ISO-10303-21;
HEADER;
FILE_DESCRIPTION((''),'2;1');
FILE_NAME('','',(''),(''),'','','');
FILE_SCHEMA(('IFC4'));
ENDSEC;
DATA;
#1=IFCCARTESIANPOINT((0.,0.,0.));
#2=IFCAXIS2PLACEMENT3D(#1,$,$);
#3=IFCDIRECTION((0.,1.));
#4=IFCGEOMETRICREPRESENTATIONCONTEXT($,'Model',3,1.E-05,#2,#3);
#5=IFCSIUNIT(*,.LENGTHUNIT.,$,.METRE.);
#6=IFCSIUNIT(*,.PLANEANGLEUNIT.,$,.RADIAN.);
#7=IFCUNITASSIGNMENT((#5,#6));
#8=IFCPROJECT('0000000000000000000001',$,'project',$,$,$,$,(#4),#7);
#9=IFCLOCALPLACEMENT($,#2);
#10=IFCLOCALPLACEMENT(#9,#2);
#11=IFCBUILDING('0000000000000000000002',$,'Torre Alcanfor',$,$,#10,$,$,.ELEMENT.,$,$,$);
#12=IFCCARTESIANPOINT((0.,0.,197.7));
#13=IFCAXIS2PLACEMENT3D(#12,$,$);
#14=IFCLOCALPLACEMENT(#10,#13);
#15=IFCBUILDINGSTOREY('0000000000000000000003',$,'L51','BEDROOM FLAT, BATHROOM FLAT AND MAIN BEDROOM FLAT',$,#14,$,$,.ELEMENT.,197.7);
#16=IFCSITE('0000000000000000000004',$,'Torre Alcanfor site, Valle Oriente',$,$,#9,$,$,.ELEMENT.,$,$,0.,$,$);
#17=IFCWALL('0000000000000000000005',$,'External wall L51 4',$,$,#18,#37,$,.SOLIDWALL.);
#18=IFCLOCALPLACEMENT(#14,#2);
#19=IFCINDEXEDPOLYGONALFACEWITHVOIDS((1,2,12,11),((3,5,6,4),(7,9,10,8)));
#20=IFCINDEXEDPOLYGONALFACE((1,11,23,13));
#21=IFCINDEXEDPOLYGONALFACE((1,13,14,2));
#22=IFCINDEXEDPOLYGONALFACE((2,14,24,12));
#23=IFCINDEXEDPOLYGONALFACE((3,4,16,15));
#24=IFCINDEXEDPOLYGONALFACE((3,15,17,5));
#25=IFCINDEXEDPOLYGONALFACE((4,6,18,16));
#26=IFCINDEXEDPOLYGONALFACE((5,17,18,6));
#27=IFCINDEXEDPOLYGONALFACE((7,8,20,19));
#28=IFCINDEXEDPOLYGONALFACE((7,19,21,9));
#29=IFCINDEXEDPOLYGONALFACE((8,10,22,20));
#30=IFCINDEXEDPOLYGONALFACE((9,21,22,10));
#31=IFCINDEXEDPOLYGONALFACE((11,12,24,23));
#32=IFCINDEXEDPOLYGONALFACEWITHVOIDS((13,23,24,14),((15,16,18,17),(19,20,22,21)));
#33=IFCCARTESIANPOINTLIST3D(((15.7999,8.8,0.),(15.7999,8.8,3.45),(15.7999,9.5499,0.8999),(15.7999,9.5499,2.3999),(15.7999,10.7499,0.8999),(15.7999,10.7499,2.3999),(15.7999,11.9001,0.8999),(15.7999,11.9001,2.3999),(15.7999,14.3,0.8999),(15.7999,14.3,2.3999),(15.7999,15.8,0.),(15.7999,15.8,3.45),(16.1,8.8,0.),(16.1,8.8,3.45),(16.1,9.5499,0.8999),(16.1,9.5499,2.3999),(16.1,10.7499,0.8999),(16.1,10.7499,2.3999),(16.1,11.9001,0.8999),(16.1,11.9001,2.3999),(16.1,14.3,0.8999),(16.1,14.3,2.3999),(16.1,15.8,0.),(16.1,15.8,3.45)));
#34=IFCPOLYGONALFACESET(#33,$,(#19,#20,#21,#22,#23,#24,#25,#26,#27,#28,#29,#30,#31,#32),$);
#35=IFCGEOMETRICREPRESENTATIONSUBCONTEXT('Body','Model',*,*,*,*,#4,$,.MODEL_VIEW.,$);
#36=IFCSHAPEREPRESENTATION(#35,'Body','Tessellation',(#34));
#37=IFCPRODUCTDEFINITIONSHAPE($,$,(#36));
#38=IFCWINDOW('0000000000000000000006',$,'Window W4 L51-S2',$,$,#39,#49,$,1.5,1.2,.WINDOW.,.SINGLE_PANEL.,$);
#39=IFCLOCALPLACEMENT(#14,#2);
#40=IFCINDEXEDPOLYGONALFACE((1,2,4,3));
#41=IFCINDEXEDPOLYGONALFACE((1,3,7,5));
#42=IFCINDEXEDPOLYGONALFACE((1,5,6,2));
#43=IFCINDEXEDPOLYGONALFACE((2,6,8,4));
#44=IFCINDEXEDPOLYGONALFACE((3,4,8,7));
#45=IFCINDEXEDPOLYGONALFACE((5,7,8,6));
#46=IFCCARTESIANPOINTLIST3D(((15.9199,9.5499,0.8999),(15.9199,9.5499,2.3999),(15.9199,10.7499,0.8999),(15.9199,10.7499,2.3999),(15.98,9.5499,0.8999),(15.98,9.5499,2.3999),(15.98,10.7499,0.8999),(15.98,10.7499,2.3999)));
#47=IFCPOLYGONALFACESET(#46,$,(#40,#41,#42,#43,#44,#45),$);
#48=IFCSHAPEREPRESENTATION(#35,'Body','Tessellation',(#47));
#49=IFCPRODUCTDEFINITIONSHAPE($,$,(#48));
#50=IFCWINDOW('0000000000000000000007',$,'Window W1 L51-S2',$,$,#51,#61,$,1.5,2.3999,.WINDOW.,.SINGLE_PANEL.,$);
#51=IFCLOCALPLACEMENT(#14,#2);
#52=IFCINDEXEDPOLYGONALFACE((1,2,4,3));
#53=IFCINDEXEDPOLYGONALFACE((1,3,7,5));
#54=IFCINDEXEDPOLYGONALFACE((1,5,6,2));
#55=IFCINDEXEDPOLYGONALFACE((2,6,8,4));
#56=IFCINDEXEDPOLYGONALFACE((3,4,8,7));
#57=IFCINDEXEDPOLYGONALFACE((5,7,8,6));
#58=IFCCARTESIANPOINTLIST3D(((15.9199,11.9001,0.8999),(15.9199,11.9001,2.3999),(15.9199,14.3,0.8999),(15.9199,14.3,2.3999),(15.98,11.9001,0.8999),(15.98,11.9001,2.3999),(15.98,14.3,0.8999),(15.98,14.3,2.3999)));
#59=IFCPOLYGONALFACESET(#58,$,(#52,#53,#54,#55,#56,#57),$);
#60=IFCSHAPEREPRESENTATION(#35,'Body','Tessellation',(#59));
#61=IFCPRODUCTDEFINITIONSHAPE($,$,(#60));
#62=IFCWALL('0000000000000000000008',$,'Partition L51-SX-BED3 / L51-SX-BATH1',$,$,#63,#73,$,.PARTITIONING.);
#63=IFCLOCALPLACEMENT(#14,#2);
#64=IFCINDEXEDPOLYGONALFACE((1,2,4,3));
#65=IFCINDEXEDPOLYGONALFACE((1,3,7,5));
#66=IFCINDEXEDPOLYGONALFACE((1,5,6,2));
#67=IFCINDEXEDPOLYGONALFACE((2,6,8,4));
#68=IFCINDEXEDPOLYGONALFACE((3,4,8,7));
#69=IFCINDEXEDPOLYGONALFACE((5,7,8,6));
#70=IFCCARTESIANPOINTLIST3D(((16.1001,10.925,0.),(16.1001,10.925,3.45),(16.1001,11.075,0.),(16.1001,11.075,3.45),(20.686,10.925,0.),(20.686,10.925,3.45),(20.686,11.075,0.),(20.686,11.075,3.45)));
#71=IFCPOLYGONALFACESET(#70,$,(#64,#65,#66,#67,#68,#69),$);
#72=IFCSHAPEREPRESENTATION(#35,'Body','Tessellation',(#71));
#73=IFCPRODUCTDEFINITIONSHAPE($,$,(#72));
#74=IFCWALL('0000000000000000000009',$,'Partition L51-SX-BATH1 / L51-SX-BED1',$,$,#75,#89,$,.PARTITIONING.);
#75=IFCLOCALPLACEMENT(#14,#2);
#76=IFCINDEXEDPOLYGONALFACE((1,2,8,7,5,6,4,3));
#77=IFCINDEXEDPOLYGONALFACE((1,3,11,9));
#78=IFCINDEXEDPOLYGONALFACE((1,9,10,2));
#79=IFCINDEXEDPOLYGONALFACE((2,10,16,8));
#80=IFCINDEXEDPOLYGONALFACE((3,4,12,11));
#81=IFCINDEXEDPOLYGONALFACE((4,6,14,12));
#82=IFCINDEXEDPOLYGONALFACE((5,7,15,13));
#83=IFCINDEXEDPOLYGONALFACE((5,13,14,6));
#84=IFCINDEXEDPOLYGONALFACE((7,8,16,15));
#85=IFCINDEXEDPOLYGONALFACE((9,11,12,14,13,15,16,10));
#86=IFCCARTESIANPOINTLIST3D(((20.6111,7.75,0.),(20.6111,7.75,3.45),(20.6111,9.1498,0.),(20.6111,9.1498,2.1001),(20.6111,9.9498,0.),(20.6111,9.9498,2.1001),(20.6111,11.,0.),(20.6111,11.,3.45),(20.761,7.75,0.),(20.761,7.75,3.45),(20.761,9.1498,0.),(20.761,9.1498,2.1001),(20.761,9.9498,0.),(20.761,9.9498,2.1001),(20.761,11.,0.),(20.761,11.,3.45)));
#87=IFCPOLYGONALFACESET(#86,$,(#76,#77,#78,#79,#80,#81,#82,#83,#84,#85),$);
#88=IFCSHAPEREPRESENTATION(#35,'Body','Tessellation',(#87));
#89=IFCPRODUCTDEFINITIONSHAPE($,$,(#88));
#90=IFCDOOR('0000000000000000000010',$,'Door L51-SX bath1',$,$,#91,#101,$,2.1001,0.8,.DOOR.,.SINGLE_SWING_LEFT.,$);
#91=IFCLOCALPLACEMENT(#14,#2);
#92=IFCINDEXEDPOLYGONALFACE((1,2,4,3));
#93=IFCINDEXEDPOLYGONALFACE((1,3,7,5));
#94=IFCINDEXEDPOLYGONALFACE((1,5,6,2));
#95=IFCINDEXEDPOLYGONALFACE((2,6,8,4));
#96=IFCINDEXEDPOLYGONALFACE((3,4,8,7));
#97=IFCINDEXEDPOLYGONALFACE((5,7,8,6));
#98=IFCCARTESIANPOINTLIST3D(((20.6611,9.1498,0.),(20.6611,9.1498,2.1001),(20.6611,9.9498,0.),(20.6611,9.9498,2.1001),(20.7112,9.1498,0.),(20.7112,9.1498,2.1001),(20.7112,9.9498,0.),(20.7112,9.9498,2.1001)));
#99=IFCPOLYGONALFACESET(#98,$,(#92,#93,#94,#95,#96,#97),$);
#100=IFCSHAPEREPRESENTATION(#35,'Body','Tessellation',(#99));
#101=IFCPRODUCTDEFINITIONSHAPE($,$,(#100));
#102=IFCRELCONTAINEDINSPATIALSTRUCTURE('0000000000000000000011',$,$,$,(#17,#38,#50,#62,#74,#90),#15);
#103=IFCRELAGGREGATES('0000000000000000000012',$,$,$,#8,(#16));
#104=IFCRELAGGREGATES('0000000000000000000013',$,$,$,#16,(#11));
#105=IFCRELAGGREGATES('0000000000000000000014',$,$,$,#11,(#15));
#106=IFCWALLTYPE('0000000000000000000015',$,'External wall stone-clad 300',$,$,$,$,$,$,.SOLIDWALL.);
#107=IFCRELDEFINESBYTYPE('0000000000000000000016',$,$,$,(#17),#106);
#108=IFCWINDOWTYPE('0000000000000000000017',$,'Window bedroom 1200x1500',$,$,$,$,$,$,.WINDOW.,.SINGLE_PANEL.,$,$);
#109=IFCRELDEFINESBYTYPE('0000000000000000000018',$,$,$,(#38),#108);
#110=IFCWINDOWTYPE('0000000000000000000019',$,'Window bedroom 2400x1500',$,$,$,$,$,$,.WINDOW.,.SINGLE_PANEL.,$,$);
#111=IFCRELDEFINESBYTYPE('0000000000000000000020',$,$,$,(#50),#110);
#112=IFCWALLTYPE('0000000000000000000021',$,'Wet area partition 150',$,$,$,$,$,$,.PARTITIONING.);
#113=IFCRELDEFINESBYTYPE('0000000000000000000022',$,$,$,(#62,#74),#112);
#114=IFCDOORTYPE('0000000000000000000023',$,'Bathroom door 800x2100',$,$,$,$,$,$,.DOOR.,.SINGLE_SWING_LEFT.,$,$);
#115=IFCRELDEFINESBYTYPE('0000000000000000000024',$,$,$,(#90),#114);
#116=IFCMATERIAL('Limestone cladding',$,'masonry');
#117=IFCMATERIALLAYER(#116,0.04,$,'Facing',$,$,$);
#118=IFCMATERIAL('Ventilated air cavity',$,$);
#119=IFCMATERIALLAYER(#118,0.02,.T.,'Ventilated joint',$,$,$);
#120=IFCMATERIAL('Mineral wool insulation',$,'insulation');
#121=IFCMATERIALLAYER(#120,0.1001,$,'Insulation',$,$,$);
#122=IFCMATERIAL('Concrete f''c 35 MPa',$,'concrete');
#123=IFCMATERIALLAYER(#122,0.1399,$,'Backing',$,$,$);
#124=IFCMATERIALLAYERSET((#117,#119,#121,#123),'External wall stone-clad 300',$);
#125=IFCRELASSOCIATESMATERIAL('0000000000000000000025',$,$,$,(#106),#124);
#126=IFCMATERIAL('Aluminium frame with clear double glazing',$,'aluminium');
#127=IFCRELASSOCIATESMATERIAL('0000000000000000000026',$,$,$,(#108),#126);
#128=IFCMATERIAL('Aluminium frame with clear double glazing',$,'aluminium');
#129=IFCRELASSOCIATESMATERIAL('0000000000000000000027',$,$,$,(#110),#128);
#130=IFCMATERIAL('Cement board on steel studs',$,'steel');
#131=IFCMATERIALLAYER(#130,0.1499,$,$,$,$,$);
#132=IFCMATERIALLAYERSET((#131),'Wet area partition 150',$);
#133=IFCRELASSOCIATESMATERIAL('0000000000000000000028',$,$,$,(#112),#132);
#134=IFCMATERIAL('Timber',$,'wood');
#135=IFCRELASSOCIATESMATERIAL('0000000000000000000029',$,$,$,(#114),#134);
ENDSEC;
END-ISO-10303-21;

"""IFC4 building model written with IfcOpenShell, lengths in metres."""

from ifc_helpers import new_model, si_unit, direction, frame, frame_2d, origin, place, context, subcontext, project, spatial, rectangle, extrude, material, layer, layer_set, type_object, element, fill, save


model = new_model("IFC4")

# Units and contexts
model_context = context("Model", 3, precision=1e-05, world=origin(), true_north=direction((0.0, 1.0)))
body_context = subcontext(model_context, "Body", "Model", "MODEL_VIEW")
ifc_project = project(units=[si_unit("LENGTHUNIT", "METRE"), si_unit("PLANEANGLEUNIT", "RADIAN")], contexts=[model_context])

# Site, building, storey
site_placement = place(None, origin())
site = spatial("IfcSite", under=ifc_project, at=site_placement, Name="Torre Alcanfor site, Valle Oriente", CompositionType="ELEMENT", RefElevation=0.0)
building_placement = place(site_placement, origin())
building = spatial("IfcBuilding", under=site, at=building_placement, Name="Torre Alcanfor", CompositionType="ELEMENT")
storey_placement = place(building_placement, frame((0.0, 0.0, 197.7)))
storey = spatial("IfcBuildingStorey", under=building, at=storey_placement, Name="L51", Description="BEDROOM FLAT, BATHROOM FLAT AND MAIN BEDROOM FLAT", CompositionType="ELEMENT", Elevation=197.7)

# Wall, openings, windows
ifc_material_1 = material(Name="Limestone cladding", Category="masonry")
ifc_layer_1 = layer(ifc_material_1, 0.04, Name="Facing")
ifc_material_2 = material(Name="Ventilated air cavity")
ifc_layer_2 = layer(ifc_material_2, 0.02, ventilated=True, Name="Ventilated joint")
ifc_material_3 = material(Name="Mineral wool insulation", Category="insulation")
ifc_layer_3 = layer(ifc_material_3, 0.1001, Name="Insulation")
ifc_material_4 = material(Name="Concrete f'c 35 MPa", Category="concrete")
ifc_layer_4 = layer(ifc_material_4, 0.1399, Name="Backing")
ifc_layer_set_1 = layer_set([ifc_layer_1, ifc_layer_2, ifc_layer_3, ifc_layer_4], Name="External wall stone-clad 300")
wall_type_1 = type_object("IfcWallType", Name="External wall stone-clad 300", PredefinedType="SOLIDWALL", material=ifc_layer_set_1)
wall_1_placement = place(storey_placement, frame((15.95, 15.8, 0.0), z_axis=(0.0, 0.0, 1.0), x_axis=(0.0, -1.0, 0.0)))
wall_1 = element("IfcWall", 1, at=wall_1_placement, inside=storey, type_object=wall_type_1, Name="External wall L51 4", PredefinedType="SOLIDWALL", context=body_context, shape_type="SweptSolid", body=[
    extrude(rectangle(XDim=7.0, YDim=0.3, at=frame_2d((3.5, 0.0))), origin(), (0.0, 0.0, 1.0), 3.45),
])
opening_1_placement = place(wall_1_placement, frame((1.5, 0.0, 0.8999)))
opening_1 = element("IfcOpeningElement", 2, at=opening_1_placement, cuts=wall_1, PredefinedType="OPENING", context=body_context, shape_type="SweptSolid", body=[
    extrude(rectangle(XDim=2.3999, YDim=1.5, at=frame_2d((1.2, 0.75))), frame((0.0, 0.1599, 0.0), z_axis=(0.0, -1.0, 0.0), x_axis=(1.0, 0.0, 0.0)), (0.0, 0.0, 1.0), 0.3201),
])
opening_2_placement = place(wall_1_placement, frame((5.05, 0.0, 0.8999)))
opening_2 = element("IfcOpeningElement", 3, at=opening_2_placement, cuts=wall_1, PredefinedType="OPENING", context=body_context, shape_type="SweptSolid", body=[
    extrude(rectangle(XDim=1.2, YDim=1.5, at=frame_2d((0.6001, 0.75))), frame((0.0, 0.1599, 0.0), z_axis=(0.0, -1.0, 0.0), x_axis=(1.0, 0.0, 0.0)), (0.0, 0.0, 1.0), 0.3201),
])
ifc_material_5 = material(Name="Aluminium frame with clear double glazing", Category="aluminium")
window_type_1 = type_object("IfcWindowType", Name="Window bedroom 1200x1500", PartitioningType="SINGLE_PANEL", PredefinedType="WINDOW", material=ifc_material_5)
window_1_placement = place(opening_2_placement, origin())
window_1 = element("IfcWindow", 4, at=window_1_placement, inside=storey, type_object=window_type_1, Name="Window W4 L51-S2", OverallHeight=1.5, OverallWidth=1.2, PartitioningType="SINGLE_PANEL", PredefinedType="WINDOW", context=body_context, shape_type="SweptSolid", body=[
    extrude(rectangle(XDim=1.2, YDim=1.5, at=frame_2d((0.6001, 0.75))), frame((0.0, 0.03, 0.0), z_axis=(0.0, -1.0, 0.0), x_axis=(1.0, 0.0, 0.0)), (0.0, 0.0, 1.0), 0.0601),
])
fill(opening_2, window_1)
ifc_material_6 = material(Name="Aluminium frame with clear double glazing", Category="aluminium")
window_type_2 = type_object("IfcWindowType", Name="Window bedroom 2400x1500", PartitioningType="SINGLE_PANEL", PredefinedType="WINDOW", material=ifc_material_6)
window_2_placement = place(opening_1_placement, origin())
window_2 = element("IfcWindow", 5, at=window_2_placement, inside=storey, type_object=window_type_2, Name="Window W1 L51-S2", OverallHeight=1.5, OverallWidth=2.3999, PartitioningType="SINGLE_PANEL", PredefinedType="WINDOW", context=body_context, shape_type="SweptSolid", body=[
    extrude(rectangle(XDim=2.3999, YDim=1.5, at=frame_2d((1.2, 0.75))), frame((0.0, 0.03, 0.0), z_axis=(0.0, -1.0, 0.0), x_axis=(1.0, 0.0, 0.0)), (0.0, 0.0, 1.0), 0.0601),
])
fill(opening_1, window_2)

# Wall
ifc_material_7 = material(Name="Cement board on steel studs", Category="steel")
ifc_layer_5 = layer(ifc_material_7, 0.1499)
ifc_layer_set_2 = layer_set([ifc_layer_5], Name="Wet area partition 150")
wall_type_2 = type_object("IfcWallType", Name="Wet area partition 150", PredefinedType="PARTITIONING", material=ifc_layer_set_2)
wall_2_placement = place(storey_placement, frame((16.1001, 11.0, 0.0), z_axis=(0.0, 0.0, 1.0), x_axis=(1.0, 0.0, 0.0)))
element("IfcWall", 6, at=wall_2_placement, inside=storey, type_object=wall_type_2, Name="Partition L51-SX-BED3 / L51-SX-BATH1", PredefinedType="PARTITIONING", context=body_context, shape_type="SweptSolid", body=[
    extrude(rectangle(XDim=4.5859, YDim=0.1499, at=frame_2d((2.293, 0.0))), origin(), (0.0, 0.0, 1.0), 3.45),
])

# Wall, opening, door
wall_3_placement = place(storey_placement, frame((20.686, 7.75, 0.0), z_axis=(0.0, 0.0, 1.0), x_axis=(0.0, 1.0, 0.0)))
wall_3 = element("IfcWall", 7, at=wall_3_placement, inside=storey, type_object=wall_type_2, Name="Partition L51-SX-BATH1 / L51-SX-BED1", PredefinedType="PARTITIONING", context=body_context, shape_type="SweptSolid", body=[
    extrude(rectangle(XDim=3.25, YDim=0.1499, at=frame_2d((1.625, 0.0))), origin(), (0.0, 0.0, 1.0), 3.45),
])
opening_3_placement = place(wall_3_placement, frame((1.3999, 0.0, 0.0)))
opening_3 = element("IfcOpeningElement", 8, at=opening_3_placement, cuts=wall_3, PredefinedType="OPENING", context=body_context, shape_type="SweptSolid", body=[
    extrude(rectangle(XDim=0.8, YDim=2.1001, at=frame_2d((0.3999, 1.05))), frame((0.0, 0.085, 0.0), z_axis=(0.0, -1.0, 0.0), x_axis=(1.0, 0.0, 0.0)), (0.0, 0.0, 1.0), 0.1699),
])
ifc_material_8 = material(Name="Timber", Category="wood")
door_type_1 = type_object("IfcDoorType", Name="Bathroom door 800x2100", OperationType="SINGLE_SWING_LEFT", PredefinedType="DOOR", material=ifc_material_8)
door_1_placement = place(opening_3_placement, frame((0.8, 0.0, 0.0), z_axis=(0.0, 0.0, 1.0), x_axis=(-1.0, 0.0, 0.0)))
door_1 = element("IfcDoor", 9, at=door_1_placement, inside=storey, type_object=door_type_1, Name="Door L51-SX bath1", OperationType="SINGLE_SWING_LEFT", OverallHeight=2.1001, OverallWidth=0.8, PredefinedType="DOOR", context=body_context, shape_type="SweptSolid", body=[
    extrude(rectangle(XDim=0.8, YDim=2.1001, at=frame_2d((0.4001, 1.05))), frame((0.0, 0.0251, 0.0), z_axis=(0.0, -1.0, 0.0), x_axis=(1.0, 0.0, 0.0)), (0.0, 0.0, 1.0), 0.05),
])
fill(opening_3, door_1)

save(model, "model.ifc")
